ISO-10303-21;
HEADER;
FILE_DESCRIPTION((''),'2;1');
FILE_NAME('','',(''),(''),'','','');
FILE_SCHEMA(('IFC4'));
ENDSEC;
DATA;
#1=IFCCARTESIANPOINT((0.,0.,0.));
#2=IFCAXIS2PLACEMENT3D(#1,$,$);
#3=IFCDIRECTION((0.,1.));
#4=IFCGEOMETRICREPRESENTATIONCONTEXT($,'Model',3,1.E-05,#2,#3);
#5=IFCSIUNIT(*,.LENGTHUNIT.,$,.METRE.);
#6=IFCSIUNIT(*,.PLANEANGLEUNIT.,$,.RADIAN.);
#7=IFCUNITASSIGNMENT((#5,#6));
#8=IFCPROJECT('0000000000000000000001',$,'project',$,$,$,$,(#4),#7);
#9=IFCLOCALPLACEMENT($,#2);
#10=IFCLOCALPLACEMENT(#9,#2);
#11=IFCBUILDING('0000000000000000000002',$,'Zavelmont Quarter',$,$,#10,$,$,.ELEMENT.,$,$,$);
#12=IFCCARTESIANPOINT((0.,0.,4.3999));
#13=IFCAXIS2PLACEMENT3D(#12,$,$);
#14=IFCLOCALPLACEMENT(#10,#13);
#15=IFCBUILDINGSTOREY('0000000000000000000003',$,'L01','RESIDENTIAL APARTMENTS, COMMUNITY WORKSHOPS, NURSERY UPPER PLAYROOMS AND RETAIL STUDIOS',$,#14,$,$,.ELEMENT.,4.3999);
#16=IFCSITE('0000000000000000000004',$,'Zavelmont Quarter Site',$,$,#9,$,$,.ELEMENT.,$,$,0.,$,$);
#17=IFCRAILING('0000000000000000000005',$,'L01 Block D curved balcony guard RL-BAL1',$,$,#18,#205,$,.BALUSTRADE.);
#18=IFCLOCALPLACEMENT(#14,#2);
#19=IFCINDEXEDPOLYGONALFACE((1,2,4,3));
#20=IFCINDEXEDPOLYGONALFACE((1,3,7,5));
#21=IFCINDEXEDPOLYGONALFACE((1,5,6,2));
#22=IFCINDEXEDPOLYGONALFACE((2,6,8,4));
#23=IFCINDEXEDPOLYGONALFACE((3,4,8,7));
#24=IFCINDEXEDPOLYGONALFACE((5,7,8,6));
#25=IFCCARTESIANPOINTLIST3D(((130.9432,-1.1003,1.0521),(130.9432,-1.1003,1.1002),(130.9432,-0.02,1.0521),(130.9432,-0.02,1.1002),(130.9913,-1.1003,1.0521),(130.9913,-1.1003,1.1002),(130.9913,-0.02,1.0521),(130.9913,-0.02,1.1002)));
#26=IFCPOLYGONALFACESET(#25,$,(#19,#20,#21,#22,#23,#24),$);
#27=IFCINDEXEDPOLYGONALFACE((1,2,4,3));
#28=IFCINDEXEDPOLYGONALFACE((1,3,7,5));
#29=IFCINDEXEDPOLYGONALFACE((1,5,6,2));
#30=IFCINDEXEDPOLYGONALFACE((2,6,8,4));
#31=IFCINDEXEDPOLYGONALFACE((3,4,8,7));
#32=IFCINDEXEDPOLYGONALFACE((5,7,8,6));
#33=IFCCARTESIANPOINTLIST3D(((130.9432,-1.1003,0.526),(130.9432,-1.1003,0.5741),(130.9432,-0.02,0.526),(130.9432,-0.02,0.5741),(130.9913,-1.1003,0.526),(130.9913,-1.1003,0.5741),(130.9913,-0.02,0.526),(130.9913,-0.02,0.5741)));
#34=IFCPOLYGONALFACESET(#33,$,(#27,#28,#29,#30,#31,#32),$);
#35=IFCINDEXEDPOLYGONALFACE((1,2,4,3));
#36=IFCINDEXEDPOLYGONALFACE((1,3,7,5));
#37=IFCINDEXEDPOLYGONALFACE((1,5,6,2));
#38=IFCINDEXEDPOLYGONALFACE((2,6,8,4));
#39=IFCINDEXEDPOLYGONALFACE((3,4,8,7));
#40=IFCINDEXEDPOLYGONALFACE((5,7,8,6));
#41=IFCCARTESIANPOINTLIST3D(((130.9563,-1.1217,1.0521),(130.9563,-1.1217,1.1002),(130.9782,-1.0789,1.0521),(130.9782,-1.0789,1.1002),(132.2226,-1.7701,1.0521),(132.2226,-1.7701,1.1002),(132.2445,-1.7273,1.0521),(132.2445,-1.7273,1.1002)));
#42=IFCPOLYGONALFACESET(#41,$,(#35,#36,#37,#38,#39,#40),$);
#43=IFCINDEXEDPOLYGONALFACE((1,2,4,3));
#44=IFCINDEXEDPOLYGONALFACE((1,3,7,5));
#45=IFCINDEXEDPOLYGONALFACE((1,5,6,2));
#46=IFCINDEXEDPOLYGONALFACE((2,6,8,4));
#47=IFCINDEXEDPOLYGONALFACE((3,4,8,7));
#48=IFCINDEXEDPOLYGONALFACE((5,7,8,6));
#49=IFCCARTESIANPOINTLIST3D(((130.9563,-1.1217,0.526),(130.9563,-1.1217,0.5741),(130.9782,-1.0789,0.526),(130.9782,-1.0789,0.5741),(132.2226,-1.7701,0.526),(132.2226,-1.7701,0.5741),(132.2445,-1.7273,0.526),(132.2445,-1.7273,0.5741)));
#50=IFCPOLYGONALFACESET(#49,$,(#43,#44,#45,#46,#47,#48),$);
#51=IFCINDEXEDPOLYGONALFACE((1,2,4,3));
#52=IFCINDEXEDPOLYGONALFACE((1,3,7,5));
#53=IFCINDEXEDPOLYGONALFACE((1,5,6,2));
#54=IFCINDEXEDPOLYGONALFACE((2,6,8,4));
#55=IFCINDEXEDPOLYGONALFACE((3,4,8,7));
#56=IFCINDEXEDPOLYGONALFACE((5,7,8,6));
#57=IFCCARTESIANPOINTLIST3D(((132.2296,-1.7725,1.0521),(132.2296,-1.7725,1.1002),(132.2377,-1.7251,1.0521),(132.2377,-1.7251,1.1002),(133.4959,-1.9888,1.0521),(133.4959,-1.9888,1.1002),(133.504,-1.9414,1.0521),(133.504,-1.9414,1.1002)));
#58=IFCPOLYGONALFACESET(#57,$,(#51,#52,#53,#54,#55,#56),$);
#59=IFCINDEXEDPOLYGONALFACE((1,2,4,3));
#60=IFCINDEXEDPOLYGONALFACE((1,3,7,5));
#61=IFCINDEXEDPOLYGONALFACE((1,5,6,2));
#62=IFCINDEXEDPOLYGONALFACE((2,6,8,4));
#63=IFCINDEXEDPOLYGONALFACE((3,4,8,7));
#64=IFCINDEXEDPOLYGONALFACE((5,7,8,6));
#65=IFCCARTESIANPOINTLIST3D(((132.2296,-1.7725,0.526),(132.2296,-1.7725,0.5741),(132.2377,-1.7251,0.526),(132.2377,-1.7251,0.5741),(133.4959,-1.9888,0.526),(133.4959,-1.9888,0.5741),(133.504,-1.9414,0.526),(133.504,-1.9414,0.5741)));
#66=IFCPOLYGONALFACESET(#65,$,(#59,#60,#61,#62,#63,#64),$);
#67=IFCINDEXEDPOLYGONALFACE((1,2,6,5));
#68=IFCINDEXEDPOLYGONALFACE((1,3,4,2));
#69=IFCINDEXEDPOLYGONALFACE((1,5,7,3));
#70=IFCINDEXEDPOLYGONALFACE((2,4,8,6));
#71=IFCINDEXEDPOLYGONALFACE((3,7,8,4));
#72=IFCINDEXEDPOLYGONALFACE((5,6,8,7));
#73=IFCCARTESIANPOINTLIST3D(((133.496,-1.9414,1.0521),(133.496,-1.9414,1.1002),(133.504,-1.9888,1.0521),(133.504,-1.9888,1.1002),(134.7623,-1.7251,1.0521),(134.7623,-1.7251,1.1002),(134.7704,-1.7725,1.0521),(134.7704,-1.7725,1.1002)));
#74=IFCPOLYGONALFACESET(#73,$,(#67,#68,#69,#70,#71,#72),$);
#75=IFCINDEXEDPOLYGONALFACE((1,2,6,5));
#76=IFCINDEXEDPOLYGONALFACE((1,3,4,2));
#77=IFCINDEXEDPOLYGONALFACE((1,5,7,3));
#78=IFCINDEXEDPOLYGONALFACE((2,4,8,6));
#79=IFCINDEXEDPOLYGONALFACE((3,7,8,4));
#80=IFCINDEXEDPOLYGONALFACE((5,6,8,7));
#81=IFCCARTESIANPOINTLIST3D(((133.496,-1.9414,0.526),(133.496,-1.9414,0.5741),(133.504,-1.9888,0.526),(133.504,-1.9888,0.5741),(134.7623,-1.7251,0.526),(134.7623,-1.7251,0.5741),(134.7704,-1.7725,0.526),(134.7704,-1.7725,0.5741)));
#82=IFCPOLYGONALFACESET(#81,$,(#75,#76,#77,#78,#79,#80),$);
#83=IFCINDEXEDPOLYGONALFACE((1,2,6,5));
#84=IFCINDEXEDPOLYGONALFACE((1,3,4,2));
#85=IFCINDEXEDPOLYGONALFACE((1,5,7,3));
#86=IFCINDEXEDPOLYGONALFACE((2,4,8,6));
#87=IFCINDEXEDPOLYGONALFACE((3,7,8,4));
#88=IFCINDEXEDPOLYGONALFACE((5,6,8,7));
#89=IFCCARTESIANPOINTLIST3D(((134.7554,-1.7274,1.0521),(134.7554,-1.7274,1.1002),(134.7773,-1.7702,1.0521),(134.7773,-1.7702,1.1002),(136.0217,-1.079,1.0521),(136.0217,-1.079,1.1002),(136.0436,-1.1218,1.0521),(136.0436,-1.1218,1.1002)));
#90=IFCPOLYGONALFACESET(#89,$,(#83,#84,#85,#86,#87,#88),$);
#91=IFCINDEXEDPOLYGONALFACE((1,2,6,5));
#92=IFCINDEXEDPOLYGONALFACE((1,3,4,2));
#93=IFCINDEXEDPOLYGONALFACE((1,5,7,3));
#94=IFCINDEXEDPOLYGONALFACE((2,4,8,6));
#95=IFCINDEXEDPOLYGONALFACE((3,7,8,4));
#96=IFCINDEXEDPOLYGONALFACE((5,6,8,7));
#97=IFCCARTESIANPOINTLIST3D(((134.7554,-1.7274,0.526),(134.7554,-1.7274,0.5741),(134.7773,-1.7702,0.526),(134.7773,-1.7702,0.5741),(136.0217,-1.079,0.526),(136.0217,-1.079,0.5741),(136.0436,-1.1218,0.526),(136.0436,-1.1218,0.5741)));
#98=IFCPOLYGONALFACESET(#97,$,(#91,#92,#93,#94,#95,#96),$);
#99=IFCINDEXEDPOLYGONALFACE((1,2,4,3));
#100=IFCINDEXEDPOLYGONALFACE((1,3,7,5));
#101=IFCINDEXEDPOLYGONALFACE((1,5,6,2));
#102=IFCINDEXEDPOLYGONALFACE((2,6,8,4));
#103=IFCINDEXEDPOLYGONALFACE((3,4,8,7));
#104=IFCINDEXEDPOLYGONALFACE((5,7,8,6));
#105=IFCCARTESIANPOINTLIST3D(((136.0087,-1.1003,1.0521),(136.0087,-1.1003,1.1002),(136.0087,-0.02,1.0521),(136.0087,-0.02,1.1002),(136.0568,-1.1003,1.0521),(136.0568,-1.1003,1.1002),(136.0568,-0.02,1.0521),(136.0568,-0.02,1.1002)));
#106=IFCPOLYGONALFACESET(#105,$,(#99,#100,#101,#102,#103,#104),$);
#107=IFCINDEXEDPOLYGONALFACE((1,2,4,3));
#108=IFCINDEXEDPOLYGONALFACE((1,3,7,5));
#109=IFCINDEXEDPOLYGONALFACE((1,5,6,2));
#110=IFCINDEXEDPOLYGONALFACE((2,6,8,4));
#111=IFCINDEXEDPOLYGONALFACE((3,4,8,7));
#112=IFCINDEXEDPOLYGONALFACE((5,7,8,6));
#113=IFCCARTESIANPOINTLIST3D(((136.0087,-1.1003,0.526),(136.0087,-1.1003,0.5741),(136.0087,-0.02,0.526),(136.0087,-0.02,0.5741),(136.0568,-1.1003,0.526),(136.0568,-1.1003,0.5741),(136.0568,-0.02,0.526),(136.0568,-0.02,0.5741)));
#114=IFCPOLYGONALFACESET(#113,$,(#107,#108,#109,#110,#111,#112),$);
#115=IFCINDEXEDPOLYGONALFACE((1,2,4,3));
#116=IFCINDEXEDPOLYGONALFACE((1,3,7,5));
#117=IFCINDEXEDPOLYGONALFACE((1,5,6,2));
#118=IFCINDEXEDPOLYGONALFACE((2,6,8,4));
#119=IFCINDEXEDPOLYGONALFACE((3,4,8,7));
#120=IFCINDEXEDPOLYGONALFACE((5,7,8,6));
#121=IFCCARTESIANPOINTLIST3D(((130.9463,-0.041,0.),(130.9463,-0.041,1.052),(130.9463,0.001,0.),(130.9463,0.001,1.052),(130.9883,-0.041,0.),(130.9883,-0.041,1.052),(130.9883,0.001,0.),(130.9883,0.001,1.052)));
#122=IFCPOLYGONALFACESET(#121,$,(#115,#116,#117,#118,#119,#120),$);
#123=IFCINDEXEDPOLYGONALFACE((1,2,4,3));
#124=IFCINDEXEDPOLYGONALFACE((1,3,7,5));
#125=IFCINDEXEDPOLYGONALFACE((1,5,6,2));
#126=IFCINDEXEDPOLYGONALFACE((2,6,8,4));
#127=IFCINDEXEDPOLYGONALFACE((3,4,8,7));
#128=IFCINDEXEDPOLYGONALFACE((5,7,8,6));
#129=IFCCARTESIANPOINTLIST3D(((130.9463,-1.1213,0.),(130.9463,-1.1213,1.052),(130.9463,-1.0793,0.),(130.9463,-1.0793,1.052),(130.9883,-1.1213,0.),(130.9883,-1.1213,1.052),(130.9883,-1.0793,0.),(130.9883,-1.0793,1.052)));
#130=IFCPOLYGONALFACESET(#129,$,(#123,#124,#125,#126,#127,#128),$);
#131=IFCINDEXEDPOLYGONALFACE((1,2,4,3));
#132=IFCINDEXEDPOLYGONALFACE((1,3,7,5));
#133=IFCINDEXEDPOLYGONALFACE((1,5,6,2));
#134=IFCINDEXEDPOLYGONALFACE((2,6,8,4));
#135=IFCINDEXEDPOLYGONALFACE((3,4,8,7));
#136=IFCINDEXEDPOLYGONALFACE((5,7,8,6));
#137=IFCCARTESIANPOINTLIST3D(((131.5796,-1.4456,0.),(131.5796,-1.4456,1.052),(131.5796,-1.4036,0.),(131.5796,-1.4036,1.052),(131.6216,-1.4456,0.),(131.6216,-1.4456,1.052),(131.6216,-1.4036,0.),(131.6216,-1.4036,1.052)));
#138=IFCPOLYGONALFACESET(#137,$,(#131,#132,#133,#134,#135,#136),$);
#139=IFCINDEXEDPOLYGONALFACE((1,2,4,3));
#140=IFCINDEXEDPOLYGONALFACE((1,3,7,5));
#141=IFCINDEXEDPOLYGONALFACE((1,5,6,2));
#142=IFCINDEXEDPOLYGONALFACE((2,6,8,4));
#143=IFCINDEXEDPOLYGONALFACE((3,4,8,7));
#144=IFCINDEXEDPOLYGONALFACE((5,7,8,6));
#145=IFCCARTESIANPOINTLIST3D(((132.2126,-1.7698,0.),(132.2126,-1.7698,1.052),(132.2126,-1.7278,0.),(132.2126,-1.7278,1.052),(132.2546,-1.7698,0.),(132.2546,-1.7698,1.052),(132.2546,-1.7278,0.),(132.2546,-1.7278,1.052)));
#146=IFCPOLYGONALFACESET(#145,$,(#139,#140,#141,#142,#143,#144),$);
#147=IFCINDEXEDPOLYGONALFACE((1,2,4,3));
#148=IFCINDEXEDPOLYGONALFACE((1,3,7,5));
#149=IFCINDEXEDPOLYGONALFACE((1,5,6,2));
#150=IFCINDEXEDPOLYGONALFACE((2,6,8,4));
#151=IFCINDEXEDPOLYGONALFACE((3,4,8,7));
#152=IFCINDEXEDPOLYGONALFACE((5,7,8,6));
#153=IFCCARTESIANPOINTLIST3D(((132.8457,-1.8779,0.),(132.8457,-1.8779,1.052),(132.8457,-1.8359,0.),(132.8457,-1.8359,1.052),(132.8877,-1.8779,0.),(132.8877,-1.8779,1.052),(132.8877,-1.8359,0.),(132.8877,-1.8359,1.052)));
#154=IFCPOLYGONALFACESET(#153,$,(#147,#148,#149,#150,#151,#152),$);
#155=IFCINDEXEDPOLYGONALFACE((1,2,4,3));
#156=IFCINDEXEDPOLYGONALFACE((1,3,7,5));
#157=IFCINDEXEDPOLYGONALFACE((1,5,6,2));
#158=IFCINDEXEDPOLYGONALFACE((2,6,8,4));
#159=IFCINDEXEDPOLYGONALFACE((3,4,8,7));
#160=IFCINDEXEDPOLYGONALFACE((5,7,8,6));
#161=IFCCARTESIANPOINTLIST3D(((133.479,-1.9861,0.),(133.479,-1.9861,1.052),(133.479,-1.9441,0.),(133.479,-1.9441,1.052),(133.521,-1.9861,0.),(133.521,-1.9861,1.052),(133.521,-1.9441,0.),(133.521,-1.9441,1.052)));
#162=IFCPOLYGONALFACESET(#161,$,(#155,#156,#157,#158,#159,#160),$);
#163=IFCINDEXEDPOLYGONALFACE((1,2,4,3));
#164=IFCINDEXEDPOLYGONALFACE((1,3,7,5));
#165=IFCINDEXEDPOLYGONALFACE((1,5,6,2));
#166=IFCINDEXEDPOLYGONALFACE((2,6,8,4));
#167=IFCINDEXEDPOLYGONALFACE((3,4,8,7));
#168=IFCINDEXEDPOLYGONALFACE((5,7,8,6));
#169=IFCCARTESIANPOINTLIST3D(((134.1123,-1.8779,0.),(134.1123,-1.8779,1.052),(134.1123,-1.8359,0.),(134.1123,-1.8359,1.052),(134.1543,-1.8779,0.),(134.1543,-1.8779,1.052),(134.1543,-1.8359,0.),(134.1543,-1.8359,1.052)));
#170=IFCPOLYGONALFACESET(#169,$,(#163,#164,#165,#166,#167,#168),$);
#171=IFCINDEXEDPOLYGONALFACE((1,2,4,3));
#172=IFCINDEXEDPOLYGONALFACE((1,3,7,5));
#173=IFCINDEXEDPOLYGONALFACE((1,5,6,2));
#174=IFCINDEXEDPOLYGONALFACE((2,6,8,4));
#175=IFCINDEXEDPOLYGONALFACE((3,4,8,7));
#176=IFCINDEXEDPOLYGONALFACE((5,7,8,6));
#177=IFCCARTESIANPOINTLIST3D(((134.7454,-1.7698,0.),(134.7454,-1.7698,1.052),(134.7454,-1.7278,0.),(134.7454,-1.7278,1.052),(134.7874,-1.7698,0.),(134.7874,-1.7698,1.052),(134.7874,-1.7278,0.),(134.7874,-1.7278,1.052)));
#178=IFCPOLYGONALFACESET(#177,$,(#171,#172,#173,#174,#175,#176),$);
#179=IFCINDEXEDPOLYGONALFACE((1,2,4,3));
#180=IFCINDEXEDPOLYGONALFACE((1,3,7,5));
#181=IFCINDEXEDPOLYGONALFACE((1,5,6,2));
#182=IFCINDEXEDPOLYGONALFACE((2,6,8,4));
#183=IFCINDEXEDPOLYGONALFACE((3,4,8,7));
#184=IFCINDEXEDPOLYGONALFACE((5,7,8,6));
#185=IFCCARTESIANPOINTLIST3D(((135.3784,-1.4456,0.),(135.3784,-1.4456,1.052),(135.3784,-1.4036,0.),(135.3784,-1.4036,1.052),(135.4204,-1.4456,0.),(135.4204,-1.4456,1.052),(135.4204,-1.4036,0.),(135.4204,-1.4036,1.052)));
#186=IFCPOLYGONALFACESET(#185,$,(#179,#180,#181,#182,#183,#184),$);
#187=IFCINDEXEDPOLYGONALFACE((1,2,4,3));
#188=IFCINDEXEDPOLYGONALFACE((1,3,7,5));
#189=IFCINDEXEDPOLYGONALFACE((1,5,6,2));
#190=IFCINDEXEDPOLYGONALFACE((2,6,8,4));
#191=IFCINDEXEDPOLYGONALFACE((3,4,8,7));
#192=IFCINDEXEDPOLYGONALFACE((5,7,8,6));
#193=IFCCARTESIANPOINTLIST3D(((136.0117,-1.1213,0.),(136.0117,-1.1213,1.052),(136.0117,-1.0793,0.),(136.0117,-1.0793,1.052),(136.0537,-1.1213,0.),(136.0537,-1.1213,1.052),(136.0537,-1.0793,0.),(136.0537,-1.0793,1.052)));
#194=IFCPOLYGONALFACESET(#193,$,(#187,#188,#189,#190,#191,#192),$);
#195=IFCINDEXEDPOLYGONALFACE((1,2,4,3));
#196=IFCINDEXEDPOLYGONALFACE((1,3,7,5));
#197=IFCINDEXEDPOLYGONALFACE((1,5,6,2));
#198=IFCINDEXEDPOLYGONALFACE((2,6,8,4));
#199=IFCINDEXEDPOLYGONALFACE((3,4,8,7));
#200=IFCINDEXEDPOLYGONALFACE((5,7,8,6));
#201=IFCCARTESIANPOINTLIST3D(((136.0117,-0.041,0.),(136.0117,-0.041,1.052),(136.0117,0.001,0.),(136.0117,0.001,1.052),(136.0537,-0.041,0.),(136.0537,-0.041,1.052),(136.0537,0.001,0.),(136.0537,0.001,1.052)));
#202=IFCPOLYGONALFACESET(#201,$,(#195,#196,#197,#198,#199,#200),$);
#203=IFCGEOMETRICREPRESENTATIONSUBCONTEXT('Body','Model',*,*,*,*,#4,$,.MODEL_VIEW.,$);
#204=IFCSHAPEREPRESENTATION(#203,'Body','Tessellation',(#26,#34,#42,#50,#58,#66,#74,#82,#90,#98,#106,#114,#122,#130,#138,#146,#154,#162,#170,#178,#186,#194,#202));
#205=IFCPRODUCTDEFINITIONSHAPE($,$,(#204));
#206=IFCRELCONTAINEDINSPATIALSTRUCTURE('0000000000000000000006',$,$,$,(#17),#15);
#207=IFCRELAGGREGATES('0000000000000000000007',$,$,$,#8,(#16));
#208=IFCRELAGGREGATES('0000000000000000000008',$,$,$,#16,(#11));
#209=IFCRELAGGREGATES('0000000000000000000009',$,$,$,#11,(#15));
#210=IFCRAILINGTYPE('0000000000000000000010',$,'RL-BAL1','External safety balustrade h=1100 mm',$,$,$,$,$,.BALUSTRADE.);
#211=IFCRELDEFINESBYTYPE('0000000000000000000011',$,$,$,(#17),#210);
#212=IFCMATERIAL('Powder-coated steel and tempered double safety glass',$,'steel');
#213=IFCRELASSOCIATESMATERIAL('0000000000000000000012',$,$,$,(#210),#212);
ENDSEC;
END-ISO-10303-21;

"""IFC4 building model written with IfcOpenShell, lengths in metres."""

from ifc_helpers import new_model, si_unit, direction, frame, origin, origin_2d, place, context, subcontext, project, spatial, rectangle, extrude, material, type_object, element, save


model = new_model("IFC4")

# Units and contexts
model_context = context("Model", 3, precision=1e-05, world=origin(), true_north=direction((0.0, 1.0)))
body_context = subcontext(model_context, "Body", "Model", "MODEL_VIEW")
ifc_project = project(units=[si_unit("LENGTHUNIT", "METRE"), si_unit("PLANEANGLEUNIT", "RADIAN")], contexts=[model_context])

# Site, building, storey
site_placement = place(None, origin())
site = spatial("IfcSite", under=ifc_project, at=site_placement, Name="Zavelmont Quarter Site", CompositionType="ELEMENT", RefElevation=0.0)
building_placement = place(site_placement, origin())
building = spatial("IfcBuilding", under=site, at=building_placement, Name="Zavelmont Quarter", CompositionType="ELEMENT")
storey_placement = place(building_placement, frame((0.0, 0.0, 4.3999)))
storey = spatial("IfcBuildingStorey", under=building, at=storey_placement, Name="L01", Description="RESIDENTIAL APARTMENTS, COMMUNITY WORKSHOPS, NURSERY UPPER PLAYROOMS AND RETAIL STUDIOS", CompositionType="ELEMENT", Elevation=4.3999)

# Railing
ifc_material_1 = material(Name="Powder-coated steel and tempered double safety glass", Category="steel")
railing_type_1 = type_object("IfcRailingType", Name="RL-BAL1", Description="External safety balustrade h=1100 mm", PredefinedType="BALUSTRADE", material=ifc_material_1)
railing_1_placement = place(storey_placement, frame((130.9673, -0.02, 0.0)))
element("IfcRailing", 1, at=railing_1_placement, inside=storey, type_object=railing_type_1, Name="L01 Block D curved balcony guard RL-BAL1", PredefinedType="BALUSTRADE", context=body_context, shape_type="SweptSolid", body=[
    extrude(rectangle(XDim=0.0481, YDim=0.0481, at=origin_2d()), frame((0.0, 0.0, 1.0762), z_axis=(0.0, -1.0, 0.0), x_axis=(1.0, 0.0, 0.0)), (0.0, 0.0, 1.0), 1.0803),
    extrude(rectangle(XDim=0.0481, YDim=0.0481, at=origin_2d()), frame((0.0, 0.0, 0.55), z_axis=(0.0, -1.0, 0.0), x_axis=(1.0, 0.0, 0.0)), (0.0, 0.0, 1.0), 1.0803),
    extrude(rectangle(XDim=0.0481, YDim=0.0481, at=origin_2d()), frame((0.0, -1.0803, 1.0762), z_axis=(0.890096, -0.455773, 0.0), x_axis=(0.455773, 0.890096, 0.0)), (0.0, 0.0, 1.0), 1.4226),
    extrude(rectangle(XDim=0.0481, YDim=0.0481, at=origin_2d()), frame((0.0, -1.0803, 0.55), z_axis=(0.890096, -0.455773, 0.0), x_axis=(0.455773, 0.890096, 0.0)), (0.0, 0.0, 1.0), 1.4226),
    extrude(rectangle(XDim=0.0481, YDim=0.0481, at=origin_2d()), frame((1.2664, -1.7288, 1.0762), z_axis=(0.985723, -0.168373, 0.0), x_axis=(0.168373, 0.985723, 0.0)), (0.0, 0.0, 1.0), 1.2847),
    extrude(rectangle(XDim=0.0481, YDim=0.0481, at=origin_2d()), frame((1.2664, -1.7288, 0.55), z_axis=(0.985723, -0.168373, 0.0), x_axis=(0.168373, 0.985723, 0.0)), (0.0, 0.0, 1.0), 1.2847),
    extrude(rectangle(XDim=0.0481, YDim=0.0481, at=origin_2d()), frame((2.5327, -1.9451, 1.0762), z_axis=(0.985723, 0.168373, 0.0), x_axis=(-0.168373, 0.985723, 0.0)), (0.0, 0.0, 1.0), 1.2847),
    extrude(rectangle(XDim=0.0481, YDim=0.0481, at=origin_2d()), frame((2.5327, -1.9451, 0.55), z_axis=(0.985723, 0.168373, 0.0), x_axis=(-0.168373, 0.985723, 0.0)), (0.0, 0.0, 1.0), 1.2847),
    extrude(rectangle(XDim=0.0481, YDim=0.0481, at=origin_2d()), frame((3.7991, -1.7288, 1.0762), z_axis=(0.890096, 0.455773, 0.0), x_axis=(-0.455773, 0.890096, 0.0)), (0.0, 0.0, 1.0), 1.4226),
    extrude(rectangle(XDim=0.0481, YDim=0.0481, at=origin_2d()), frame((3.7991, -1.7288, 0.55), z_axis=(0.890096, 0.455773, 0.0), x_axis=(-0.455773, 0.890096, 0.0)), (0.0, 0.0, 1.0), 1.4226),
    extrude(rectangle(XDim=0.0481, YDim=0.0481, at=origin_2d()), frame((5.0654, -1.0803, 1.0762), z_axis=(0.0, 1.0, 0.0), x_axis=(-1.0, 0.0, 0.0)), (0.0, 0.0, 1.0), 1.0803),
    extrude(rectangle(XDim=0.0481, YDim=0.0481, at=origin_2d()), frame((5.0654, -1.0803, 0.55), z_axis=(0.0, 1.0, 0.0), x_axis=(-1.0, 0.0, 0.0)), (0.0, 0.0, 1.0), 1.0803),
    extrude(rectangle(XDim=0.042, YDim=0.042, at=origin_2d()), origin(), (0.0, 0.0, 1.0), 1.052),
    extrude(rectangle(XDim=0.042, YDim=0.042, at=origin_2d()), frame((0.0, -1.0803, 0.0)), (0.0, 0.0, 1.0), 1.052),
    extrude(rectangle(XDim=0.042, YDim=0.042, at=origin_2d()), frame((0.6333, -1.4045, 0.0)), (0.0, 0.0, 1.0), 1.052),
    extrude(rectangle(XDim=0.042, YDim=0.042, at=origin_2d()), frame((1.2664, -1.7288, 0.0)), (0.0, 0.0, 1.0), 1.052),
    extrude(rectangle(XDim=0.042, YDim=0.042, at=origin_2d()), frame((1.8994, -1.8369, 0.0)), (0.0, 0.0, 1.0), 1.052),
    extrude(rectangle(XDim=0.042, YDim=0.042, at=origin_2d()), frame((2.5327, -1.9451, 0.0)), (0.0, 0.0, 1.0), 1.052),
    extrude(rectangle(XDim=0.042, YDim=0.042, at=origin_2d()), frame((3.166, -1.8369, 0.0)), (0.0, 0.0, 1.0), 1.052),
    extrude(rectangle(XDim=0.042, YDim=0.042, at=origin_2d()), frame((3.7991, -1.7288, 0.0)), (0.0, 0.0, 1.0), 1.052),
    extrude(rectangle(XDim=0.042, YDim=0.042, at=origin_2d()), frame((4.4321, -1.4045, 0.0)), (0.0, 0.0, 1.0), 1.052),
    extrude(rectangle(XDim=0.042, YDim=0.042, at=origin_2d()), frame((5.0654, -1.0803, 0.0)), (0.0, 0.0, 1.0), 1.052),
    extrude(rectangle(XDim=0.042, YDim=0.042, at=origin_2d()), frame((5.0654, 0.0, 0.0)), (0.0, 0.0, 1.0), 1.052),
])

save(model, "model.ifc")
